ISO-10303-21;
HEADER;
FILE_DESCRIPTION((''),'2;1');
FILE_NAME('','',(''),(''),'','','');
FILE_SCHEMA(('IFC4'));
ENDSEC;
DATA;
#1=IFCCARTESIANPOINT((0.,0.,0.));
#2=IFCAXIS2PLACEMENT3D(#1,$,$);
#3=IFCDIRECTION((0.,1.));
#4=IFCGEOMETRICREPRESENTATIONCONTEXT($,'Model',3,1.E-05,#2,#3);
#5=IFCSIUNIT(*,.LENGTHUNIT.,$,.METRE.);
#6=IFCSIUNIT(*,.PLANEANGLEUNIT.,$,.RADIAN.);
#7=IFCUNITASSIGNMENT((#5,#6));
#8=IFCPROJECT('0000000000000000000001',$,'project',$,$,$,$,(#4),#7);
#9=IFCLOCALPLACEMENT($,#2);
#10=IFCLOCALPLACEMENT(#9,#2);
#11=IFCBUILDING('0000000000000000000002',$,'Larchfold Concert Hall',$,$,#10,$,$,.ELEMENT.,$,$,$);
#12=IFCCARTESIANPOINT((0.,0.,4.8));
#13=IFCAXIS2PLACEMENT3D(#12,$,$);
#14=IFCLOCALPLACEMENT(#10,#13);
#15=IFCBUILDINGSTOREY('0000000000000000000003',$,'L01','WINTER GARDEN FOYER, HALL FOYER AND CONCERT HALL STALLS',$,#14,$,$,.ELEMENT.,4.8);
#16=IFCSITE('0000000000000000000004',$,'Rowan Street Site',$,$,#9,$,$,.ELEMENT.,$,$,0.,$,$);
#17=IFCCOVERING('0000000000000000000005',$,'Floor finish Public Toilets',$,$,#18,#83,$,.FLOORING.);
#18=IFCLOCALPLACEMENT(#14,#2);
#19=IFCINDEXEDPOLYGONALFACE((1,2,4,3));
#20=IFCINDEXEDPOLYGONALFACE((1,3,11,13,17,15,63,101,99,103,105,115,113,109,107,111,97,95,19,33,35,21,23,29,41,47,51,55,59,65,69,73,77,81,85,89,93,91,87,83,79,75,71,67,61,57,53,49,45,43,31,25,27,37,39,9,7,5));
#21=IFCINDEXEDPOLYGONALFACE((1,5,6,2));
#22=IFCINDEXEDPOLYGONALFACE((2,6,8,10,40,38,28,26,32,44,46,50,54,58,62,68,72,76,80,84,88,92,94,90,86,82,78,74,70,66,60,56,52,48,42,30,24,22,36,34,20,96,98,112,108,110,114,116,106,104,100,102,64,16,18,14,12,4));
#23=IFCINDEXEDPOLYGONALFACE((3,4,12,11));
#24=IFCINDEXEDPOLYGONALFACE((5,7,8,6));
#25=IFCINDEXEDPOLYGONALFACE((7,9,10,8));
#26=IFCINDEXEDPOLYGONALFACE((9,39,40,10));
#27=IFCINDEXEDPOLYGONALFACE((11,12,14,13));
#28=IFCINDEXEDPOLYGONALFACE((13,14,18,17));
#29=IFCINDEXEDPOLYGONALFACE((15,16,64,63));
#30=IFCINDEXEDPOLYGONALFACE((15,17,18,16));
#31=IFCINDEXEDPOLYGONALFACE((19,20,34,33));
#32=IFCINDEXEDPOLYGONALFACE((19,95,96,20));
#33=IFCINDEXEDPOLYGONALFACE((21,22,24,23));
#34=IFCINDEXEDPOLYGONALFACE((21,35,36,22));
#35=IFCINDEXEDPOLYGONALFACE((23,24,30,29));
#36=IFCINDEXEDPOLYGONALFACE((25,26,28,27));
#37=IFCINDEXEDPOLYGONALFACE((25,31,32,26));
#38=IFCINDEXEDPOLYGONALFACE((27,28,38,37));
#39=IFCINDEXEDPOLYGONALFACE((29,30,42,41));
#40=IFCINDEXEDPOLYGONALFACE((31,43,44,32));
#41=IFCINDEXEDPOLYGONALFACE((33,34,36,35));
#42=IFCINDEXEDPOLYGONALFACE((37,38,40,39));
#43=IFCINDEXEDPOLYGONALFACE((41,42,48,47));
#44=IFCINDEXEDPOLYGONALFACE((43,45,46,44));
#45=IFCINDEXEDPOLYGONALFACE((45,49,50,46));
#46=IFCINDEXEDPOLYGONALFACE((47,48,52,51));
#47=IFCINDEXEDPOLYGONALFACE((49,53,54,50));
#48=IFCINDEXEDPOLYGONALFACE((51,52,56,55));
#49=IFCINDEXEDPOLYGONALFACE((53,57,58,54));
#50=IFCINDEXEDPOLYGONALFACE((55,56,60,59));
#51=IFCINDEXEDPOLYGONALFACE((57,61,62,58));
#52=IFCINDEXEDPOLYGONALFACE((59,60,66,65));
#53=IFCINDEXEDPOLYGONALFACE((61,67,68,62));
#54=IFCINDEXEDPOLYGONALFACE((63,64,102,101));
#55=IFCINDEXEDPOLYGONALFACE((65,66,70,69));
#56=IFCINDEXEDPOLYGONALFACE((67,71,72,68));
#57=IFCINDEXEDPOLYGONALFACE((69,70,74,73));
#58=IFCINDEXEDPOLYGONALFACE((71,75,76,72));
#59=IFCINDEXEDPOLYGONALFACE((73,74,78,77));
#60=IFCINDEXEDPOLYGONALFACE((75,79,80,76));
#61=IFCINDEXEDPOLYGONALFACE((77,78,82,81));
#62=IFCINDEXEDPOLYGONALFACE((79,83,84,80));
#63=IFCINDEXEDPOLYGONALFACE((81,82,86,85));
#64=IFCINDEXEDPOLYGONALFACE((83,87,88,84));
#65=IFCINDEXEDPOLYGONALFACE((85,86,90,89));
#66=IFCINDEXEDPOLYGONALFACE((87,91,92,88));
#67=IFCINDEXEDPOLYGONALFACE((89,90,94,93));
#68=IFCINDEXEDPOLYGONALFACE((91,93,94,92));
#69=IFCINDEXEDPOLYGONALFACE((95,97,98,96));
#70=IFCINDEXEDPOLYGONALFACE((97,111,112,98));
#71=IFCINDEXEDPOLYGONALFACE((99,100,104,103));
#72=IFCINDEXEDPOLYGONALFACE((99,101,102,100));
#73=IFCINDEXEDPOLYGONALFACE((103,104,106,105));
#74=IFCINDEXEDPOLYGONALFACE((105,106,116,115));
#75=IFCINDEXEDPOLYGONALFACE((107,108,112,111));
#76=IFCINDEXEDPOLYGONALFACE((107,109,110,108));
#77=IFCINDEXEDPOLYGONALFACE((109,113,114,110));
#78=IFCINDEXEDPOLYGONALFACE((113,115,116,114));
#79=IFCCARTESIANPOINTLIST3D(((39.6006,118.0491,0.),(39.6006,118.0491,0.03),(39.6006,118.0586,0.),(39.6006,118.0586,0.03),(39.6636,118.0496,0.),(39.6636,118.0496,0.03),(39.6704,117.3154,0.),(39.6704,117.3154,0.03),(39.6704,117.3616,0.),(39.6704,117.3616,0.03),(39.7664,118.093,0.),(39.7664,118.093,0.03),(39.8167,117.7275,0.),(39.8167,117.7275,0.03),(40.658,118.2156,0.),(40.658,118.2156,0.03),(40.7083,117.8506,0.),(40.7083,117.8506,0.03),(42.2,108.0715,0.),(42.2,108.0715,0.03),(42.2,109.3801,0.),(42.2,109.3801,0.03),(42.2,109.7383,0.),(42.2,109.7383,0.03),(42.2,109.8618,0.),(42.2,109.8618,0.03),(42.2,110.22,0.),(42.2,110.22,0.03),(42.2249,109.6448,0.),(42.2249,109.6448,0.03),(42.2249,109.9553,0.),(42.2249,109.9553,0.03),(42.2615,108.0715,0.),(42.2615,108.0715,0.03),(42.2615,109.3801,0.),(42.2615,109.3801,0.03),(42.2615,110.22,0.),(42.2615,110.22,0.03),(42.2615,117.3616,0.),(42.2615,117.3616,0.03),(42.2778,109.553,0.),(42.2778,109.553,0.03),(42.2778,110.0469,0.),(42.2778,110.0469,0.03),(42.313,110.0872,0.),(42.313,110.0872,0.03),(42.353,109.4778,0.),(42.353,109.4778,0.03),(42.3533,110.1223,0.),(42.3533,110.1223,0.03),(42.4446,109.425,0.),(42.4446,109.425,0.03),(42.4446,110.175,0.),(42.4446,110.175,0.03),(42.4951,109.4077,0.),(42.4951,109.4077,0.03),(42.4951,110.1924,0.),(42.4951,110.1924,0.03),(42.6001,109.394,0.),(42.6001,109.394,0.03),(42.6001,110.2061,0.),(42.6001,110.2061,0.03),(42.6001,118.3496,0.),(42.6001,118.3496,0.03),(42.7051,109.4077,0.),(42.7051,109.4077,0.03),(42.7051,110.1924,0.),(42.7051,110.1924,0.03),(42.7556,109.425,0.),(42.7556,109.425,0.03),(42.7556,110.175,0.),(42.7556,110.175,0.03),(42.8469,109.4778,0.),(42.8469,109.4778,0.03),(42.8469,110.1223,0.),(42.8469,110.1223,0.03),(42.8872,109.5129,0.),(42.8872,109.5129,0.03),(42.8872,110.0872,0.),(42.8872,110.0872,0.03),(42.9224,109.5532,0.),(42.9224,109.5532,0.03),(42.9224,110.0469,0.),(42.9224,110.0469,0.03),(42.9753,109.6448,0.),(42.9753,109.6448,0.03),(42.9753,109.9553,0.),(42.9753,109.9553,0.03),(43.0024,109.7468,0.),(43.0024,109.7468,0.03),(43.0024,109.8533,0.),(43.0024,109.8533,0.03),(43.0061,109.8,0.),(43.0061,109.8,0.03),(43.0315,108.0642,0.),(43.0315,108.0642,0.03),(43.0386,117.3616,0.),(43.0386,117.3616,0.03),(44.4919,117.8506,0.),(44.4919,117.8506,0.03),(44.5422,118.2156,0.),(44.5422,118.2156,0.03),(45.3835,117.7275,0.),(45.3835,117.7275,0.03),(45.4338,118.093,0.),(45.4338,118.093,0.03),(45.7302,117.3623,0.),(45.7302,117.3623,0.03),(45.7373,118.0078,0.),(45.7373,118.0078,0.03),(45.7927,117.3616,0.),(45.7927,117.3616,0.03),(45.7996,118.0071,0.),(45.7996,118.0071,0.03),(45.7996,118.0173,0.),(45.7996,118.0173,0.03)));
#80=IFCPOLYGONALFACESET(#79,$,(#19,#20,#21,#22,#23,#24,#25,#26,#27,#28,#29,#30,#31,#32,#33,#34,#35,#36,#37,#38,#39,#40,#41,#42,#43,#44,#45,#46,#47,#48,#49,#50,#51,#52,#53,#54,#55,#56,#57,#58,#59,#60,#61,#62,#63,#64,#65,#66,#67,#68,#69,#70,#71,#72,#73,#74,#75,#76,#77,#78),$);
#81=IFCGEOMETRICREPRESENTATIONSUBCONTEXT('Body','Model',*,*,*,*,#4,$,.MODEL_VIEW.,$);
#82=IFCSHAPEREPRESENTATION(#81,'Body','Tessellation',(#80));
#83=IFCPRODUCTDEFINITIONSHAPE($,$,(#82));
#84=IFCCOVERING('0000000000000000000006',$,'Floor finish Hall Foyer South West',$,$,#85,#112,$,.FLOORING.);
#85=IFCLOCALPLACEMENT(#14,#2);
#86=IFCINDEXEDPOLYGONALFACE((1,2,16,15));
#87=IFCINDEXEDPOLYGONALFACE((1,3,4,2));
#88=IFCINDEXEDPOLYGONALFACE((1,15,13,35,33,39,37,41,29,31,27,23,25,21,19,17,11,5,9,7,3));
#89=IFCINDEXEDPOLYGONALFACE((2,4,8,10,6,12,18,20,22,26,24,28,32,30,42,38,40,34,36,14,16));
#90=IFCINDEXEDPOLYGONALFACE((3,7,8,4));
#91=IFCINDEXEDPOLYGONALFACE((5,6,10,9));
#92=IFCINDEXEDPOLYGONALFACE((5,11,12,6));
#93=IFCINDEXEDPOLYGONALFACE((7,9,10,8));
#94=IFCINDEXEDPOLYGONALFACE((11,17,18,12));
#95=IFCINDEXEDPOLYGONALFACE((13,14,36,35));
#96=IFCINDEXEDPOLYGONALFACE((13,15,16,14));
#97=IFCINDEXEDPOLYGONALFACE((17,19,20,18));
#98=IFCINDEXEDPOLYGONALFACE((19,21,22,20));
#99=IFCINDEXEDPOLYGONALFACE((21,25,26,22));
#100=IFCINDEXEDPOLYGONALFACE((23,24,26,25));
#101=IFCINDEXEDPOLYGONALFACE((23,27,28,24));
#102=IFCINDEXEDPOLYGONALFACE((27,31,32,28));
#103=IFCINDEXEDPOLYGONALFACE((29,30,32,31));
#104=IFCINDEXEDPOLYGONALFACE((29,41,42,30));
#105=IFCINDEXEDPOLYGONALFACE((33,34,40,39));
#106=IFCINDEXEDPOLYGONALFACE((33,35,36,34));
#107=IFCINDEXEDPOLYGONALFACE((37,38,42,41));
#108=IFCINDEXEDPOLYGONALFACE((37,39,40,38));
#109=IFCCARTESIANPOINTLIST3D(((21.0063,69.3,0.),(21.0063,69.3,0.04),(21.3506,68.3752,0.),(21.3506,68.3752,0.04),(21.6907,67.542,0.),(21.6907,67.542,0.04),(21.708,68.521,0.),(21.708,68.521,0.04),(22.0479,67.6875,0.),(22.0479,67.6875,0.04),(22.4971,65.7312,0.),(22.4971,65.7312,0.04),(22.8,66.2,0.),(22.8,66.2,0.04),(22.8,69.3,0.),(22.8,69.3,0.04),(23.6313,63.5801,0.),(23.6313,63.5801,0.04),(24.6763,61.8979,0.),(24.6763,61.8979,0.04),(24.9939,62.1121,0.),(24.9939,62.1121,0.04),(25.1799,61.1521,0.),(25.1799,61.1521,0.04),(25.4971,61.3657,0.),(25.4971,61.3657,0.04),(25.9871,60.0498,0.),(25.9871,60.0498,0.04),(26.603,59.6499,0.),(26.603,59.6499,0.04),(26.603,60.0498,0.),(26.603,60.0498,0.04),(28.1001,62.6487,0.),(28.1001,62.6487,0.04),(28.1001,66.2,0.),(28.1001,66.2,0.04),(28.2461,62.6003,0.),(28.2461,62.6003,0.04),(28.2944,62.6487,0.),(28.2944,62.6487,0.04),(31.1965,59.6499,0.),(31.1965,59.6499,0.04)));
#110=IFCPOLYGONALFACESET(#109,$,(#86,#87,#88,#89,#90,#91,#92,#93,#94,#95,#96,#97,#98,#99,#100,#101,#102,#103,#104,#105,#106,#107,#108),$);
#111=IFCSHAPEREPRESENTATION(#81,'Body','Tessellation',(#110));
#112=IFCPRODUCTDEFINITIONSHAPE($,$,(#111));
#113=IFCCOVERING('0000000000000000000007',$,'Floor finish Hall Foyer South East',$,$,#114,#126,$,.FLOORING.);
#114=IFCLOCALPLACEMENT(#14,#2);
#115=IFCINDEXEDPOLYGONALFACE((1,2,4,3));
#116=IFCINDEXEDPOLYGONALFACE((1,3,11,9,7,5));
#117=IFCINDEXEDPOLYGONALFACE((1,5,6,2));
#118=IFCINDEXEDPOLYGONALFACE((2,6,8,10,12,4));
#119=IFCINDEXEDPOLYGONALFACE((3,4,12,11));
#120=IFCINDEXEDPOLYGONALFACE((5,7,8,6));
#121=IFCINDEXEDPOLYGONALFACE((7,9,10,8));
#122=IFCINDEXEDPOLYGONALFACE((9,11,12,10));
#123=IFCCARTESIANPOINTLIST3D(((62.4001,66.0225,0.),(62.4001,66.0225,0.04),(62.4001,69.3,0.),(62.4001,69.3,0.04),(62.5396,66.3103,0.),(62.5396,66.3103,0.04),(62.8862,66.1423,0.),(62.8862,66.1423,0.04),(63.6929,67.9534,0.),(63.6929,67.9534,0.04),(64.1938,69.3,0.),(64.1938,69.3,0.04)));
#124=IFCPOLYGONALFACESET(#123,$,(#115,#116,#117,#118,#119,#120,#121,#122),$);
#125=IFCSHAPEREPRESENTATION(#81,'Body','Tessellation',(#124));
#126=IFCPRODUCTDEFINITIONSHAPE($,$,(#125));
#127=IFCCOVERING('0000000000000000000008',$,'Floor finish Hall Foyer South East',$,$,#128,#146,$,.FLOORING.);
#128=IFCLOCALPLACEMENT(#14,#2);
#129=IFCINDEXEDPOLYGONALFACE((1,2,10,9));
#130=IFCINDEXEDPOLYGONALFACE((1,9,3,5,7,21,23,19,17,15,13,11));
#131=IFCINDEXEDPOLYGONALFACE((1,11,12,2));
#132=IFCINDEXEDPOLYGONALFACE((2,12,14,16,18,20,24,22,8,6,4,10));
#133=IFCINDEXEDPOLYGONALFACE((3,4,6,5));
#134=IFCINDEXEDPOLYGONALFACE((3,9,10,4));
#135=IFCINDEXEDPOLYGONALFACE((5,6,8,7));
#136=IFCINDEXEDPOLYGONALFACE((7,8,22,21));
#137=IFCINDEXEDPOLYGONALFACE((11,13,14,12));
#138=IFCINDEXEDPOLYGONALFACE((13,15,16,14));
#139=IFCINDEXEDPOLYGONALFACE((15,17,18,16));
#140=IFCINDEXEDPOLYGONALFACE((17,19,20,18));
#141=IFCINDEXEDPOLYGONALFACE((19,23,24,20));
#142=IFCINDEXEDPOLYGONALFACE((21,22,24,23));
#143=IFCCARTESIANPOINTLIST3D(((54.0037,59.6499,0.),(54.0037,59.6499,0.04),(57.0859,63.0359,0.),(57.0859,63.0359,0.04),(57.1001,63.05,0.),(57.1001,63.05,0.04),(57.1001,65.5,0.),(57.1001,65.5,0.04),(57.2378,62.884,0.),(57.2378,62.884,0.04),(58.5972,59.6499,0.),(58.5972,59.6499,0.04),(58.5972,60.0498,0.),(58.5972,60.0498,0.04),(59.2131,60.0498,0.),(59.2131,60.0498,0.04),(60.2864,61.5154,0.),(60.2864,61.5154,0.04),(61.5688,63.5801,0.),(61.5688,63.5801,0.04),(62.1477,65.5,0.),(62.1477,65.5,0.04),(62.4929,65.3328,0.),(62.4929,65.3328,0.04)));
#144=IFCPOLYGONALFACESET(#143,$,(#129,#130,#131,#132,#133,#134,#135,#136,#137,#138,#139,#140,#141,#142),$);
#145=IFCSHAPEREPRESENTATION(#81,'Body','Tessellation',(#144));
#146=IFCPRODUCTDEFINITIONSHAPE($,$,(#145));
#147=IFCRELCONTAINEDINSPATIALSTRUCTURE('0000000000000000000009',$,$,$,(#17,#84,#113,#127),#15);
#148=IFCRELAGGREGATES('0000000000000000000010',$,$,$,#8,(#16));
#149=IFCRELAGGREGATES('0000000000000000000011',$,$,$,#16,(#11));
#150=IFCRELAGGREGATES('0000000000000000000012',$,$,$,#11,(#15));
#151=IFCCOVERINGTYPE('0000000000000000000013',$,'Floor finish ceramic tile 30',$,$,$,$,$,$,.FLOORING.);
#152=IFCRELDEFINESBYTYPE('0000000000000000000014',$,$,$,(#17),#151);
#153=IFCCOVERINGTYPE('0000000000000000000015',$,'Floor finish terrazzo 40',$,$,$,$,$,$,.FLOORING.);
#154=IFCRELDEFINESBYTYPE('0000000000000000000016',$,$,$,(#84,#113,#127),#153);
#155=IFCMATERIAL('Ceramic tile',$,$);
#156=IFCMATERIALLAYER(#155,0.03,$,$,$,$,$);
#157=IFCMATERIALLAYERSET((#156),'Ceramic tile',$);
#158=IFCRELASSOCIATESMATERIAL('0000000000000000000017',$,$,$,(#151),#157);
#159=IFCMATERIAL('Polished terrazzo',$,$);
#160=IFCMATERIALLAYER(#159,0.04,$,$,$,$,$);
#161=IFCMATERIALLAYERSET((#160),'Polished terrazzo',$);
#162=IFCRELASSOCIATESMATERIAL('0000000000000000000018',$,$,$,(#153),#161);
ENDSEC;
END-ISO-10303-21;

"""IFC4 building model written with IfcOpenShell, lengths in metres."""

from ifc_helpers import new_model, si_unit, direction, frame, origin, place, context, subcontext, project, spatial, polyline, outline, extrude, material, layer, layer_set, type_object, element, save


model = new_model("IFC4")

# Units and contexts
model_context = context("Model", 3, precision=1e-05, world=origin(), true_north=direction((0.0, 1.0)))
body_context = subcontext(model_context, "Body", "Model", "MODEL_VIEW")
ifc_project = project(units=[si_unit("LENGTHUNIT", "METRE"), si_unit("PLANEANGLEUNIT", "RADIAN")], contexts=[model_context])

# Site, building, storey
site_placement = place(None, origin())
site = spatial("IfcSite", under=ifc_project, at=site_placement, Name="Rowan Street Site", CompositionType="ELEMENT", RefElevation=0.0)
building_placement = place(site_placement, origin())
building = spatial("IfcBuilding", under=site, at=building_placement, Name="Larchfold Concert Hall", CompositionType="ELEMENT")
storey_placement = place(building_placement, frame((0.0, 0.0, 4.8)))
storey = spatial("IfcBuildingStorey", under=building, at=storey_placement, Name="L01", Description="WINTER GARDEN FOYER, HALL FOYER AND CONCERT HALL STALLS", CompositionType="ELEMENT", Elevation=4.8)

# Coverings
ifc_material_1 = material(Name="Ceramic tile")
ifc_layer_1 = layer(ifc_material_1, 0.03)
ifc_layer_set_1 = layer_set([ifc_layer_1], Name="Ceramic tile")
covering_type_1 = type_object("IfcCoveringType", Name="Floor finish ceramic tile 30", PredefinedType="FLOORING", material=ifc_layer_set_1)
covering_1_placement = place(storey_placement, origin())
element("IfcCovering", 1, at=covering_1_placement, inside=storey, type_object=covering_type_1, Name="Floor finish Public Toilets", PredefinedType="FLOORING", context=body_context, shape_type="SweptSolid", body=[
    extrude(outline(polyline([(39.6636, 118.0496), (39.6704, 117.3154), (39.6704, 117.3616), (42.2615, 117.3616), (42.2615, 110.22), (42.2, 110.22), (42.2, 109.8618), (42.2249, 109.9553), (42.2778, 110.0469), (42.313, 110.0872), (42.3533, 110.1223), (42.4446, 110.175), (42.4951, 110.1924), (42.6001, 110.2061), (42.7051, 110.1924), (42.7556, 110.175), (42.8469, 110.1223), (42.8872, 110.0872), (42.9224, 110.0469), (42.9753, 109.9553), (43.0024, 109.8533), (43.0061, 109.8), (43.0024, 109.7468), (42.9753, 109.6448), (42.9224, 109.5532), (42.8872, 109.5129), (42.8469, 109.4778), (42.7556, 109.425), (42.7051, 109.4077), (42.6001, 109.394), (42.4951, 109.4077), (42.4446, 109.425), (42.353, 109.4778), (42.2778, 109.553), (42.2249, 109.6448), (42.2, 109.7383), (42.2, 109.3801), (42.2615, 109.3801), (42.2615, 108.0715), (42.2, 108.0715), (43.0315, 108.0642), (43.0386, 117.3616), (45.7927, 117.3616), (45.7302, 117.3623), (45.7373, 118.0078), (45.7996, 118.0071), (45.7996, 118.0173), (45.4338, 118.093), (45.3835, 117.7275), (44.4919, 117.8506), (44.5422, 118.2156), (42.6001, 118.3496), (40.658, 118.2156), (40.7083, 117.8506), (39.8167, 117.7275), (39.7664, 118.093), (39.6006, 118.0586), (39.6006, 118.0491), (39.6636, 118.0496)])), origin(), (0.0, 0.0, 1.0), 0.03),
])
ifc_material_2 = material(Name="Polished terrazzo")
ifc_layer_2 = layer(ifc_material_2, 0.04)
ifc_layer_set_2 = layer_set([ifc_layer_2], Name="Polished terrazzo")
covering_type_2 = type_object("IfcCoveringType", Name="Floor finish terrazzo 40", PredefinedType="FLOORING", material=ifc_layer_set_2)
covering_2_placement = place(storey_placement, origin())
element("IfcCovering", 2, at=covering_2_placement, inside=storey, type_object=covering_type_2, Name="Floor finish Hall Foyer South West", PredefinedType="FLOORING", context=body_context, shape_type="SweptSolid", body=[
    extrude(outline(polyline([(28.1001, 66.2), (22.8, 66.2), (22.8, 69.3), (21.0063, 69.3), (21.3506, 68.3752), (21.708, 68.521), (22.0479, 67.6875), (21.6907, 67.542), (22.4971, 65.7312), (23.6313, 63.5801), (24.6763, 61.8979), (24.9939, 62.1121), (25.4971, 61.3657), (25.1799, 61.1521), (25.9871, 60.0498), (26.603, 60.0498), (26.603, 59.6499), (31.1965, 59.6499), (28.2461, 62.6003), (28.2944, 62.6487), (28.1001, 62.6487), (28.1001, 66.2)])), origin(), (0.0, 0.0, 1.0), 0.04),
])
covering_3_placement = place(storey_placement, origin())
element("IfcCovering", 3, at=covering_3_placement, inside=storey, type_object=covering_type_2, Name="Floor finish Hall Foyer South East", PredefinedType="FLOORING", context=body_context, shape_type="SweptSolid", body=[
    extrude(outline(polyline([(62.8862, 66.1423), (63.6929, 67.9534), (64.1938, 69.3), (62.4001, 69.3), (62.4001, 66.0225), (62.5396, 66.3103), (62.8862, 66.1423)])), origin(), (0.0, 0.0, 1.0), 0.04),
])
covering_4_placement = place(storey_placement, origin())
element("IfcCovering", 4, at=covering_4_placement, inside=storey, type_object=covering_type_2, Name="Floor finish Hall Foyer South East", PredefinedType="FLOORING", context=body_context, shape_type="SweptSolid", body=[
    extrude(outline(polyline([(61.5688, 63.5801), (62.4929, 65.3328), (62.1477, 65.5), (57.1001, 65.5), (57.1001, 63.05), (57.0859, 63.0359), (57.2378, 62.884), (54.0037, 59.6499), (58.5972, 59.6499), (58.5972, 60.0498), (59.2131, 60.0498), (60.2864, 61.5154), (61.5688, 63.5801)])), origin(), (0.0, 0.0, 1.0), 0.04),
])

save(model, "model.ifc")
